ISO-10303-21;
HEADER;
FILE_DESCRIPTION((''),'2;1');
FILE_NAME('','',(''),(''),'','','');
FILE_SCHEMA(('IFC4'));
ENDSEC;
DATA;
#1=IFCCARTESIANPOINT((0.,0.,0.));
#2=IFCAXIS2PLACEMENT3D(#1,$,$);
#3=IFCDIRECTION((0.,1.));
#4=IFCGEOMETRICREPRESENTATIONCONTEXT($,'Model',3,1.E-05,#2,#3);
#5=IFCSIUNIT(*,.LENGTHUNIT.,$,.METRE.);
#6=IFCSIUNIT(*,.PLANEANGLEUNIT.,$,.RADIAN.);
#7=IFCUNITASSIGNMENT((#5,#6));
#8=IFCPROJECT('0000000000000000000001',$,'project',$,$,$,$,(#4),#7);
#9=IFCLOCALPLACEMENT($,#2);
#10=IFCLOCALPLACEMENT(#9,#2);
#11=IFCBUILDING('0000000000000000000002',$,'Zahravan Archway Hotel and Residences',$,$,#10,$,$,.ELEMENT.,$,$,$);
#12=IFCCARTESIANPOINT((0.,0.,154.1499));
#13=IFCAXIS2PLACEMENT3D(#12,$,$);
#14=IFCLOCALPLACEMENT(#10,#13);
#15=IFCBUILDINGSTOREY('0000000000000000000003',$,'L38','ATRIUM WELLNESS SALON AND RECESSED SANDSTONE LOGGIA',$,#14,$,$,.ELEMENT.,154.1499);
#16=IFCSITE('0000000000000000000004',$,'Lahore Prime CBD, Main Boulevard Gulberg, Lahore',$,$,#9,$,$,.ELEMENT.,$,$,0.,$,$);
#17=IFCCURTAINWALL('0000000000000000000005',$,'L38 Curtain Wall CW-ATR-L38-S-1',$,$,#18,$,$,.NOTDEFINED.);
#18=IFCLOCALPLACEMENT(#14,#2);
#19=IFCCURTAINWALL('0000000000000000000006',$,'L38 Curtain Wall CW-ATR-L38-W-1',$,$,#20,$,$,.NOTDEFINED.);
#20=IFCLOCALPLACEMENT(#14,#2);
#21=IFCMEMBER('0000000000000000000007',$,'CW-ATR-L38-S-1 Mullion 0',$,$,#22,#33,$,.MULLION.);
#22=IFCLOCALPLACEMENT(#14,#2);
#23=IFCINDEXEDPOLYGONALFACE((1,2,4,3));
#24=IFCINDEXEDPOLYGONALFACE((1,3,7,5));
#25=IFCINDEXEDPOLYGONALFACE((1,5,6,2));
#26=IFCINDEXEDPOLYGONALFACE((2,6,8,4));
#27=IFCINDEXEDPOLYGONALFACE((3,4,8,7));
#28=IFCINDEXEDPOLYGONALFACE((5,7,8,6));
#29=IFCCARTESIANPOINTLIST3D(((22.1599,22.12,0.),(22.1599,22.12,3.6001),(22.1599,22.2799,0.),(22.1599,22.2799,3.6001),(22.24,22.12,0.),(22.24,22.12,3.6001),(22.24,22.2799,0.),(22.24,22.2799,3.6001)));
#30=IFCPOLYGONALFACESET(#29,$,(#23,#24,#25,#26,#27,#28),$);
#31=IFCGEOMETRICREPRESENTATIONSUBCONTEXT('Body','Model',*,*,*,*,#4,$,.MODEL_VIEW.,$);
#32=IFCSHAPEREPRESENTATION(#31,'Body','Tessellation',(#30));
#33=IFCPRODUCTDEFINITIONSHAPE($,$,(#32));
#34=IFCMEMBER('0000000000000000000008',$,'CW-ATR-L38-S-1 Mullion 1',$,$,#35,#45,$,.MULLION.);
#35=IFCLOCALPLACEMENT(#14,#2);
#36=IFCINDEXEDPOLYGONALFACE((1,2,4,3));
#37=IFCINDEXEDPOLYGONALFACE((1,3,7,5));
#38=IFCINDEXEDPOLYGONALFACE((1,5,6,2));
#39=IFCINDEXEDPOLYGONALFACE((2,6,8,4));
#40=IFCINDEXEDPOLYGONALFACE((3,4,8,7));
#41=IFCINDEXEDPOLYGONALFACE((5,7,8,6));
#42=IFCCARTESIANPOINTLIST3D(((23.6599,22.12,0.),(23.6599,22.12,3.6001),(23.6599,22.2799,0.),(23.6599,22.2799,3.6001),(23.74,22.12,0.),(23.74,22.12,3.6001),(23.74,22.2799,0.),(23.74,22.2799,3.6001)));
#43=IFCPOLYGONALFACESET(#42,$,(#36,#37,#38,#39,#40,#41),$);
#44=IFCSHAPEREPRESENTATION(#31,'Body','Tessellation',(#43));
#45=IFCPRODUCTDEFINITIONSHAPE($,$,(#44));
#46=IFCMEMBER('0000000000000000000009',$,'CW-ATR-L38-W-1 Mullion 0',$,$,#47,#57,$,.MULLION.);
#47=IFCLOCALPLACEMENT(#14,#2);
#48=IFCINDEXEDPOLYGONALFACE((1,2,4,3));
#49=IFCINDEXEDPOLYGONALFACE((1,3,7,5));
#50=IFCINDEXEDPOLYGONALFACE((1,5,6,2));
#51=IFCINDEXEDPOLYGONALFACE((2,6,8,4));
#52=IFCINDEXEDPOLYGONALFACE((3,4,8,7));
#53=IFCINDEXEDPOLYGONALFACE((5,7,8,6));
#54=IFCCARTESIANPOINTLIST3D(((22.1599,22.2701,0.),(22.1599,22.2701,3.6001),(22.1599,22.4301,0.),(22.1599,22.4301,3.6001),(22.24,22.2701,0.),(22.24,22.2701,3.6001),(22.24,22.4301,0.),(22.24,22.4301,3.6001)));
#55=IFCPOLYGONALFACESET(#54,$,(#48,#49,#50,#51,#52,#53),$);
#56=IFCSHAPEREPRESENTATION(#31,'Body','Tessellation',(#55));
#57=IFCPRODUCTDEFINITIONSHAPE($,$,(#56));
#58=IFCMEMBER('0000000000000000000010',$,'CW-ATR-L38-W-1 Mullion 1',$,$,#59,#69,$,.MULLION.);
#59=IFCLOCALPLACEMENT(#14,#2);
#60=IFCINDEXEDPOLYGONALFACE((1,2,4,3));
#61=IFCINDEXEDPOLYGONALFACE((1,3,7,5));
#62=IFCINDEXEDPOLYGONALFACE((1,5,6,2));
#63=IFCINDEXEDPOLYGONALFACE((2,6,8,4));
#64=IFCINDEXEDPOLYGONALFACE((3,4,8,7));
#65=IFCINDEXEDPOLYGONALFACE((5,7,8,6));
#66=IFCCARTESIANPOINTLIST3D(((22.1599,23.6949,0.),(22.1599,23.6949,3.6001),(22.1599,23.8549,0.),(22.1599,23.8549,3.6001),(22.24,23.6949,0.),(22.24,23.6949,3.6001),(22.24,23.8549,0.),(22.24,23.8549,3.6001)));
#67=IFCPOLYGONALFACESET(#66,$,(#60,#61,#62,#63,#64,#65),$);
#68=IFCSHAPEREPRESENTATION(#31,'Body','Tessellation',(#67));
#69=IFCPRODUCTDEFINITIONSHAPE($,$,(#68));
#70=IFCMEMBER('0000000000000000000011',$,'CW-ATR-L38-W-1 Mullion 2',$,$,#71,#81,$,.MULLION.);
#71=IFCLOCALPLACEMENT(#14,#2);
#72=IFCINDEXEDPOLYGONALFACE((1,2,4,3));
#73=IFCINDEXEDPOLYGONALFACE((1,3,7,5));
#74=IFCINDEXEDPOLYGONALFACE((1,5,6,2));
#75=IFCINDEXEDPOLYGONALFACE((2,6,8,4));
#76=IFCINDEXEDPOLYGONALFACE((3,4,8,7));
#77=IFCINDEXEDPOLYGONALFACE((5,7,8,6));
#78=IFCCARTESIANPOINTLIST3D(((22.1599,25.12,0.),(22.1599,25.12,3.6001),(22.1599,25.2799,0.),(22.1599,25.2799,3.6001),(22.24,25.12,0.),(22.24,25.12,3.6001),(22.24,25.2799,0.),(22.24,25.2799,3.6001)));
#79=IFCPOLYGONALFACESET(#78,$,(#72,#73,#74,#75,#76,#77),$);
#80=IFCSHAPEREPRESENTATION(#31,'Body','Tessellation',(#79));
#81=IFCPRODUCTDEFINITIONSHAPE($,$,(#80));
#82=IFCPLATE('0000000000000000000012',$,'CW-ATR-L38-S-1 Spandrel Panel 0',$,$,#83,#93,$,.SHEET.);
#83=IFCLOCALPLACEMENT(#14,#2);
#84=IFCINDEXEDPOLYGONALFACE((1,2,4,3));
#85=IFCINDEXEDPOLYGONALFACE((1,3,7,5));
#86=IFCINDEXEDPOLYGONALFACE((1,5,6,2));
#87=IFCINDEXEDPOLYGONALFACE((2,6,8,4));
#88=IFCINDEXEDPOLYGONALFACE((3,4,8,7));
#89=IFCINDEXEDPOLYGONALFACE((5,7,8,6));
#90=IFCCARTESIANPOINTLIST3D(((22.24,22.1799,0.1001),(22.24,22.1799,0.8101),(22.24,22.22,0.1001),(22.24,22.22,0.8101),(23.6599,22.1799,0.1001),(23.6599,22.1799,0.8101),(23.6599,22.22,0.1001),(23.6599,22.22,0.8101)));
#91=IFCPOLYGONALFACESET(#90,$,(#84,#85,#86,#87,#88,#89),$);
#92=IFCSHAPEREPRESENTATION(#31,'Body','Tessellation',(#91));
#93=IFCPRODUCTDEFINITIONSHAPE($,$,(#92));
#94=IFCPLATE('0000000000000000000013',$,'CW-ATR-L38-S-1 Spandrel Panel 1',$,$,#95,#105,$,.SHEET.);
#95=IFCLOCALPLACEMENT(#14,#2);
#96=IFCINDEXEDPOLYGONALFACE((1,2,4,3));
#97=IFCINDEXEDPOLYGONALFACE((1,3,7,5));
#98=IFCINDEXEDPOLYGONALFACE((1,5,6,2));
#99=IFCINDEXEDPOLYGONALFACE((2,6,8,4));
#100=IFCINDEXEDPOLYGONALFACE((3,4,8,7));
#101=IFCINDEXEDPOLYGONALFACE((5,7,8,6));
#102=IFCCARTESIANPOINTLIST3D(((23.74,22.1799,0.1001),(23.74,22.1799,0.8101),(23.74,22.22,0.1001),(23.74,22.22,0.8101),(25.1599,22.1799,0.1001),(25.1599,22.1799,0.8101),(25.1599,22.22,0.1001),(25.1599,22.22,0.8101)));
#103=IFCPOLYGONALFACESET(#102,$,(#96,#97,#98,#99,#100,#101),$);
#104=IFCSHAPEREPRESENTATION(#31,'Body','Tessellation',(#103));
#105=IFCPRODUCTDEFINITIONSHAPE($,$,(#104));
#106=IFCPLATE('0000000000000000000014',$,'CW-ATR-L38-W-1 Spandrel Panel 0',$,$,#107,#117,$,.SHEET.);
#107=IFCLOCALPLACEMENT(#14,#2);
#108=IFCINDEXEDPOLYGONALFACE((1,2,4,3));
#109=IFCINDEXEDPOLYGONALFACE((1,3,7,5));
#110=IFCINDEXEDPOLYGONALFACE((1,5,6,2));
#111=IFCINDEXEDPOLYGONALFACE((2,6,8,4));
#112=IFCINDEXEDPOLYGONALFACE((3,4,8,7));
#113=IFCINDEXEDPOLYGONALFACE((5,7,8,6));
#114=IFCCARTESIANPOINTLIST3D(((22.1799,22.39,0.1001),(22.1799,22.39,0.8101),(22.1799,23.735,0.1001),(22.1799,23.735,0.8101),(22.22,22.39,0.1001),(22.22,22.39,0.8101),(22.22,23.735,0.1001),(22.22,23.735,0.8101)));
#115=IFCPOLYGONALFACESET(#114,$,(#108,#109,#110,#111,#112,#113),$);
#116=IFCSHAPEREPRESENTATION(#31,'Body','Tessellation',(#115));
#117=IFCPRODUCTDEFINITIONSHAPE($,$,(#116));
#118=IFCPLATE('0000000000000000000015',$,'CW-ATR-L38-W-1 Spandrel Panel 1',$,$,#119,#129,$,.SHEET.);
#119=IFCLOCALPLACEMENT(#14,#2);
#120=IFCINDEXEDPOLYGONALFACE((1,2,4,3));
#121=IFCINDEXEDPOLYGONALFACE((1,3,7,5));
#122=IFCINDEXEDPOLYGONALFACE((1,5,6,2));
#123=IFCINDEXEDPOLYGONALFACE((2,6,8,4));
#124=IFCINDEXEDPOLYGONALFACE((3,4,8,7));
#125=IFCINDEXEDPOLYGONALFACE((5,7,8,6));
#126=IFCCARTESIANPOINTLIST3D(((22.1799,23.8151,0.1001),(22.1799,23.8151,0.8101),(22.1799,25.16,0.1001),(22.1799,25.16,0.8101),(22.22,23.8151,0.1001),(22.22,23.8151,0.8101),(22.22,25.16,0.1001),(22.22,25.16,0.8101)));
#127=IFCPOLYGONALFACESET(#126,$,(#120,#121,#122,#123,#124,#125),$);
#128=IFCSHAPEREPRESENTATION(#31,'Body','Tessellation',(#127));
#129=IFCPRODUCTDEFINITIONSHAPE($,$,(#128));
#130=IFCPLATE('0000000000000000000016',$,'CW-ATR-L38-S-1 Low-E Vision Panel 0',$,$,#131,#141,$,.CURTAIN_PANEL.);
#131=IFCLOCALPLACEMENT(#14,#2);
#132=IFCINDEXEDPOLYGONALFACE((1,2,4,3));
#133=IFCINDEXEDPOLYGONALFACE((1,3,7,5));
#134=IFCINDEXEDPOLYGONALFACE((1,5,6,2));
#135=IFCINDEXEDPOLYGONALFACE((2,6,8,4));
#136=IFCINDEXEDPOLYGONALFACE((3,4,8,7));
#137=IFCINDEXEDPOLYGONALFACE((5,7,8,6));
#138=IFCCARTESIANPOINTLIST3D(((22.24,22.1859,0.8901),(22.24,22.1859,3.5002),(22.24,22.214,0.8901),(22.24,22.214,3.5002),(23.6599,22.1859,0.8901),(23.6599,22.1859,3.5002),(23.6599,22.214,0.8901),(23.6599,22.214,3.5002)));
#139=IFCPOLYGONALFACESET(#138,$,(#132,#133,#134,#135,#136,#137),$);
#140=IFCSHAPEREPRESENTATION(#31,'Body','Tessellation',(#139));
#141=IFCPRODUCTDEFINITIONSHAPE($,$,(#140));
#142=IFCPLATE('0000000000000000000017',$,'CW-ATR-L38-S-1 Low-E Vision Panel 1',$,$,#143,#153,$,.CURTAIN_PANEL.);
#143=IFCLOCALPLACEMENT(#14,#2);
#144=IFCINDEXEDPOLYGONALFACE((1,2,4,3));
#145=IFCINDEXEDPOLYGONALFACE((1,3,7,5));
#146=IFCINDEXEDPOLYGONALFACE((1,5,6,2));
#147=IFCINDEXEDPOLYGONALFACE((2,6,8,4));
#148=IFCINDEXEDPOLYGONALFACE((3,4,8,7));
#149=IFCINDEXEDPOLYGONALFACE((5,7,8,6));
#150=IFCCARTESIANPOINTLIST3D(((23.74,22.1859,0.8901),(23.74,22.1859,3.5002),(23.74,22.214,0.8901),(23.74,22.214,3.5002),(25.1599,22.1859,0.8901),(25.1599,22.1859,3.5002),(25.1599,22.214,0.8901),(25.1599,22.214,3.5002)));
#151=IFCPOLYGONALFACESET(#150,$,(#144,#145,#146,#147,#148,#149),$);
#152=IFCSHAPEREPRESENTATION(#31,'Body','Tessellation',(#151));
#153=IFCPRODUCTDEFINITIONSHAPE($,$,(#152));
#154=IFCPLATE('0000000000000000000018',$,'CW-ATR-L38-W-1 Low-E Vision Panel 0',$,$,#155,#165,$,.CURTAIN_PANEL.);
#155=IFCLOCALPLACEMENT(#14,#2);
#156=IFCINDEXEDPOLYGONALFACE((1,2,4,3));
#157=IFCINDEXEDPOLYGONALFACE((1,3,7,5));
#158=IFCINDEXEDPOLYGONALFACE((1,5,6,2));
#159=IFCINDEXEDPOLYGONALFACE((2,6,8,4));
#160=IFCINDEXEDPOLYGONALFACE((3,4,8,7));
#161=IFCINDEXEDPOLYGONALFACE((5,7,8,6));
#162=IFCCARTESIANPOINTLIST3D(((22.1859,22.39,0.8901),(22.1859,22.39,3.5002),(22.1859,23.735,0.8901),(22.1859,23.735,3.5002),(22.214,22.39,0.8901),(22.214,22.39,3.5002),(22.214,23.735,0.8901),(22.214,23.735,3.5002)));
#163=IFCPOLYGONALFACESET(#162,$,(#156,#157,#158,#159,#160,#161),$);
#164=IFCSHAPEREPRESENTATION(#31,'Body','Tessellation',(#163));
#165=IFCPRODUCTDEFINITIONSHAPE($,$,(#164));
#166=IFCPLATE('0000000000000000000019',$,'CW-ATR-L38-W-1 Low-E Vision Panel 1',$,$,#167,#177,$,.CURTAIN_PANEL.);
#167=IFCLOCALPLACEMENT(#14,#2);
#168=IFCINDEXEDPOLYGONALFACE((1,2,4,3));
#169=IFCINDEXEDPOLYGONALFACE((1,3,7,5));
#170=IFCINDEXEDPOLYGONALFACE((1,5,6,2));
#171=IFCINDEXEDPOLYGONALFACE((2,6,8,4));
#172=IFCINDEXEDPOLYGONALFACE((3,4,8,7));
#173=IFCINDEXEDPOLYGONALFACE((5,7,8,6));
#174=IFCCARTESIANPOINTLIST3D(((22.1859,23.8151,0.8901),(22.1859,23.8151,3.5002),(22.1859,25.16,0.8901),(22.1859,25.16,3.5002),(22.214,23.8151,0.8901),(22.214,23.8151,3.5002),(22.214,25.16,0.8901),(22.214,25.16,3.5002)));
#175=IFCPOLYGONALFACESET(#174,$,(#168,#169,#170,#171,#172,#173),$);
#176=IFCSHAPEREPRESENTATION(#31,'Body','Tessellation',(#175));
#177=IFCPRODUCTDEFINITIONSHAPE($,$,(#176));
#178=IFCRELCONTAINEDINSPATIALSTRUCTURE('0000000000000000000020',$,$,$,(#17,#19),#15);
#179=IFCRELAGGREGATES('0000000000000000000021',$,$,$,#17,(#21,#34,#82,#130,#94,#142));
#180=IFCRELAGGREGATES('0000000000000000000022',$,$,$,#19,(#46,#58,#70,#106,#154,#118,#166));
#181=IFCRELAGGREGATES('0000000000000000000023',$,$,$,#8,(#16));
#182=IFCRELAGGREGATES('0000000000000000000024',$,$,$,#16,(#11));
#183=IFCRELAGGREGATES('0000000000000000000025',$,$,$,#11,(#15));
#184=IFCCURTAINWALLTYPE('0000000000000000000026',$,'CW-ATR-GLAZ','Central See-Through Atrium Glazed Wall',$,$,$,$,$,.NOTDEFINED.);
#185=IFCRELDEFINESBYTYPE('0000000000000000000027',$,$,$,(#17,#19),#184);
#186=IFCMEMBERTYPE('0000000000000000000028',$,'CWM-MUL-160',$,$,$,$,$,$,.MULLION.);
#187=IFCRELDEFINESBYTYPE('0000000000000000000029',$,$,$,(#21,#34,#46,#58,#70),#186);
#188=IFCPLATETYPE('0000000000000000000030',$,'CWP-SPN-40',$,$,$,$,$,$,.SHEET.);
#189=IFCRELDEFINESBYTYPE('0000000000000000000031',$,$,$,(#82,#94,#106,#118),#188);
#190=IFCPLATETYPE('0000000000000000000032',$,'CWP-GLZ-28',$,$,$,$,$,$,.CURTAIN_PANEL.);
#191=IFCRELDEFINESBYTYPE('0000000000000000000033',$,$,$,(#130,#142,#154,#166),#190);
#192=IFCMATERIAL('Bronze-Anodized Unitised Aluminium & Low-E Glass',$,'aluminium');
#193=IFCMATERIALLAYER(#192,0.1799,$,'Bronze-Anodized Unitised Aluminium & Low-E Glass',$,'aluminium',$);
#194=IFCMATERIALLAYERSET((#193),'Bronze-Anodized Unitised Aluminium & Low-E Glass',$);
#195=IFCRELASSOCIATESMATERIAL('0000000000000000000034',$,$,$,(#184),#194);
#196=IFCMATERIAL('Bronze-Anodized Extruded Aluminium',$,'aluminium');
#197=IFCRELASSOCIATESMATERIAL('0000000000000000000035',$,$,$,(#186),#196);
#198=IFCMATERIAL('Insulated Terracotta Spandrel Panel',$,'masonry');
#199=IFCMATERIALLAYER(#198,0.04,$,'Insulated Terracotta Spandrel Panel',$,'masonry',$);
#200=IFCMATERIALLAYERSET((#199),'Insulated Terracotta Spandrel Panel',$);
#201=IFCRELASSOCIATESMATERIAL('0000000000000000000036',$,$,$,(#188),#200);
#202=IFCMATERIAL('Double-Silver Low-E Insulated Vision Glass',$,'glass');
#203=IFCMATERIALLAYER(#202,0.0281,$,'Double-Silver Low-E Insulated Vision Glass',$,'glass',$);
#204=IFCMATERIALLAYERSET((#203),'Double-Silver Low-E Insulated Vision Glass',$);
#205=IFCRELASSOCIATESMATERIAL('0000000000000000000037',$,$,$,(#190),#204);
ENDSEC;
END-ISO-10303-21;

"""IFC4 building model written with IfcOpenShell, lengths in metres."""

from ifc_helpers import new_model, si_unit, direction, frame, origin, origin_2d, place, context, subcontext, project, spatial, rectangle, extrude, source, transform, mapped, material, layer, layer_set, material_profile, profile_set, type_object, element, aggregate, save


model = new_model("IFC4")

# Units and contexts
model_context = context("Model", 3, precision=1e-05, world=origin(), true_north=direction((0.0, 1.0)))
body_context = subcontext(model_context, "Body", "Model", "MODEL_VIEW")
ifc_project = project(units=[si_unit("LENGTHUNIT", "METRE"), si_unit("PLANEANGLEUNIT", "RADIAN")], contexts=[model_context])

# Site, building, storey
site_placement = place(None, origin())
site = spatial("IfcSite", under=ifc_project, at=site_placement, Name="Lahore Prime CBD, Main Boulevard Gulberg, Lahore", CompositionType="ELEMENT", RefElevation=0.0)
building_placement = place(site_placement, origin())
building = spatial("IfcBuilding", under=site, at=building_placement, Name="Zahravan Archway Hotel and Residences", CompositionType="ELEMENT")
storey_placement = place(building_placement, frame((0.0, 0.0, 154.1499)))
storey = spatial("IfcBuildingStorey", under=building, at=storey_placement, Name="L38", Description="ATRIUM WELLNESS SALON AND RECESSED SANDSTONE LOGGIA", CompositionType="ELEMENT", Elevation=154.1499)

# Curtain walls
ifc_material_1 = material(Name="Bronze-Anodized Unitised Aluminium & Low-E Glass", Category="aluminium")
ifc_layer_1 = layer(ifc_material_1, 0.1799, Name="Bronze-Anodized Unitised Aluminium & Low-E Glass", Category="aluminium")
ifc_layer_set_1 = layer_set([ifc_layer_1], Name="Bronze-Anodized Unitised Aluminium & Low-E Glass")
curtain_wall_type = type_object("IfcCurtainWallType", Name="CW-ATR-GLAZ", Description="Central See-Through Atrium Glazed Wall", PredefinedType="NOTDEFINED", material=ifc_layer_set_1)
curtain_wall_1_placement = place(storey_placement, origin())
curtain_wall_1 = element("IfcCurtainWall", 1, at=curtain_wall_1_placement, inside=storey, type_object=curtain_wall_type, Name="L38 Curtain Wall CW-ATR-L38-S-1", PredefinedType="NOTDEFINED")
ifc_material_2 = material(Name="Bronze-Anodized Extruded Aluminium", Category="aluminium")
curtain_wall_2_placement = place(storey_placement, origin())
curtain_wall_2 = element("IfcCurtainWall", 2, at=curtain_wall_2_placement, inside=storey, type_object=curtain_wall_type, Name="L38 Curtain Wall CW-ATR-L38-W-1", PredefinedType="NOTDEFINED")

# Members
ifc_material_profile_1 = material_profile(ifc_material_2, rectangle(XDim=0.0801, YDim=0.1599, at=origin_2d()), Name="MUL 80x160", Category="aluminium")
ifc_profile_set_1 = profile_set([ifc_material_profile_1], Name="Bronze-Anodized Extruded Aluminium")
member_type_1 = type_object("IfcMemberType", Name="CWM-MUL-160", PredefinedType="MULLION", material=ifc_profile_set_1)
shared_shape_1 = source(origin(), body_context, "Body", "SweptSolid", [
    extrude(rectangle(XDim=0.0801, YDim=0.1599, at=origin_2d()), origin(), (0.0, 0.0, 1.0), 3.6001),
])
member_1_placement = place(storey_placement, frame((22.2, 22.2, 0.0), z_axis=(0.0, 0.0, 1.0), x_axis=(1.0, 0.0, 0.0)))
member_1 = element("IfcMember", 3, at=member_1_placement, type_object=member_type_1, Name="CW-ATR-L38-S-1 Mullion 0", PredefinedType="MULLION", context=body_context, shape_type="MappedRepresentation", body=[
    mapped(shared_shape_1, transform((0.0, 0.0, 0.0), scale=1.0)),
])
member_2_placement = place(storey_placement, frame((23.7, 22.2, 0.0), z_axis=(0.0, 0.0, 1.0), x_axis=(1.0, 0.0, 0.0)))
member_2 = element("IfcMember", 4, at=member_2_placement, type_object=member_type_1, Name="CW-ATR-L38-S-1 Mullion 1", PredefinedType="MULLION", context=body_context, shape_type="MappedRepresentation", body=[
    mapped(shared_shape_1, transform((0.0, 0.0, 0.0), scale=1.0)),
])
member_3_placement = place(storey_placement, frame((22.2, 22.3501, 0.0), z_axis=(0.0, 0.0, 1.0), x_axis=(1.0, 0.0, 0.0)))
member_3 = element("IfcMember", 5, at=member_3_placement, type_object=member_type_1, Name="CW-ATR-L38-W-1 Mullion 0", PredefinedType="MULLION", context=body_context, shape_type="MappedRepresentation", body=[
    mapped(shared_shape_1, transform((0.0, 0.0, 0.0), scale=1.0)),
])
member_4_placement = place(storey_placement, frame((22.2, 23.7749, 0.0), z_axis=(0.0, 0.0, 1.0), x_axis=(1.0, 0.0, 0.0)))
member_4 = element("IfcMember", 6, at=member_4_placement, type_object=member_type_1, Name="CW-ATR-L38-W-1 Mullion 1", PredefinedType="MULLION", context=body_context, shape_type="MappedRepresentation", body=[
    mapped(shared_shape_1, transform((0.0, 0.0, 0.0), scale=1.0)),
])
member_5_placement = place(storey_placement, frame((22.2, 25.2, 0.0), z_axis=(0.0, 0.0, 1.0), x_axis=(1.0, 0.0, 0.0)))
member_5 = element("IfcMember", 7, at=member_5_placement, type_object=member_type_1, Name="CW-ATR-L38-W-1 Mullion 2", PredefinedType="MULLION", context=body_context, shape_type="MappedRepresentation", body=[
    mapped(shared_shape_1, transform((0.0, 0.0, 0.0), scale=1.0)),
])

# Plates
ifc_material_3 = material(Name="Insulated Terracotta Spandrel Panel", Category="masonry")
ifc_layer_2 = layer(ifc_material_3, 0.04, Name="Insulated Terracotta Spandrel Panel", Category="masonry")
ifc_layer_set_2 = layer_set([ifc_layer_2], Name="Insulated Terracotta Spandrel Panel")
plate_type_1 = type_object("IfcPlateType", Name="CWP-SPN-40", PredefinedType="SHEET", material=ifc_layer_set_2)
shared_shape_2 = source(origin(), body_context, "Body", "SweptSolid", [
    extrude(rectangle(XDim=1.4199, YDim=0.04, at=origin_2d()), origin(), (0.0, 0.0, 1.0), 0.71),
])
plate_1_placement = place(storey_placement, frame((22.95, 22.2, 0.1001), z_axis=(0.0, 0.0, 1.0), x_axis=(1.0, 0.0, 0.0)))
plate_1 = element("IfcPlate", 8, at=plate_1_placement, type_object=plate_type_1, Name="CW-ATR-L38-S-1 Spandrel Panel 0", PredefinedType="SHEET", context=body_context, shape_type="MappedRepresentation", body=[
    mapped(shared_shape_2, transform((0.0, 0.0, 0.0), scale=1.0)),
])
plate_2_placement = place(storey_placement, frame((24.45, 22.2, 0.1001), z_axis=(0.0, 0.0, 1.0), x_axis=(1.0, 0.0, 0.0)))
plate_2 = element("IfcPlate", 9, at=plate_2_placement, type_object=plate_type_1, Name="CW-ATR-L38-S-1 Spandrel Panel 1", PredefinedType="SHEET", context=body_context, shape_type="MappedRepresentation", body=[
    mapped(shared_shape_2, transform((0.0, 0.0, 0.0), scale=1.0)),
])
shared_shape_3 = source(origin(), body_context, "Body", "SweptSolid", [
    extrude(rectangle(XDim=1.345, YDim=0.04, at=origin_2d()), origin(), (0.0, 0.0, 1.0), 0.71),
])
plate_3_placement = place(storey_placement, frame((22.2, 23.0625, 0.1001), z_axis=(0.0, 0.0, 1.0), x_axis=(0.0, 1.0, 0.0)))
plate_3 = element("IfcPlate", 10, at=plate_3_placement, type_object=plate_type_1, Name="CW-ATR-L38-W-1 Spandrel Panel 0", PredefinedType="SHEET", context=body_context, shape_type="MappedRepresentation", body=[
    mapped(shared_shape_3, transform((0.0, 0.0, 0.0), scale=1.0)),
])
plate_4_placement = place(storey_placement, frame((22.2, 24.4875, 0.1001), z_axis=(0.0, 0.0, 1.0), x_axis=(0.0, 1.0, 0.0)))
plate_4 = element("IfcPlate", 11, at=plate_4_placement, type_object=plate_type_1, Name="CW-ATR-L38-W-1 Spandrel Panel 1", PredefinedType="SHEET", context=body_context, shape_type="MappedRepresentation", body=[
    mapped(shared_shape_3, transform((0.0, 0.0, 0.0), scale=1.0)),
])
ifc_material_4 = material(Name="Double-Silver Low-E Insulated Vision Glass", Category="glass")
ifc_layer_3 = layer(ifc_material_4, 0.0281, Name="Double-Silver Low-E Insulated Vision Glass", Category="glass")
ifc_layer_set_3 = layer_set([ifc_layer_3], Name="Double-Silver Low-E Insulated Vision Glass")
plate_type_2 = type_object("IfcPlateType", Name="CWP-GLZ-28", PredefinedType="CURTAIN_PANEL", material=ifc_layer_set_3)
shared_shape_4 = source(origin(), body_context, "Body", "SweptSolid", [
    extrude(rectangle(XDim=1.4199, YDim=0.0281, at=origin_2d()), origin(), (0.0, 0.0, 1.0), 2.6101),
])
plate_5_placement = place(storey_placement, frame((22.95, 22.2, 0.8901), z_axis=(0.0, 0.0, 1.0), x_axis=(1.0, 0.0, 0.0)))
plate_5 = element("IfcPlate", 12, at=plate_5_placement, type_object=plate_type_2, Name="CW-ATR-L38-S-1 Low-E Vision Panel 0", PredefinedType="CURTAIN_PANEL", context=body_context, shape_type="MappedRepresentation", body=[
    mapped(shared_shape_4, transform((0.0, 0.0, 0.0), scale=1.0)),
])
plate_6_placement = place(storey_placement, frame((24.45, 22.2, 0.8901), z_axis=(0.0, 0.0, 1.0), x_axis=(1.0, 0.0, 0.0)))
plate_6 = element("IfcPlate", 13, at=plate_6_placement, type_object=plate_type_2, Name="CW-ATR-L38-S-1 Low-E Vision Panel 1", PredefinedType="CURTAIN_PANEL", context=body_context, shape_type="MappedRepresentation", body=[
    mapped(shared_shape_4, transform((0.0, 0.0, 0.0), scale=1.0)),
])
aggregate(curtain_wall_1, [member_1, member_2, plate_1, plate_5, plate_2, plate_6])
shared_shape_5 = source(origin(), body_context, "Body", "SweptSolid", [
    extrude(rectangle(XDim=1.345, YDim=0.0281, at=origin_2d()), origin(), (0.0, 0.0, 1.0), 2.6101),
])
plate_7_placement = place(storey_placement, frame((22.2, 23.0625, 0.8901), z_axis=(0.0, 0.0, 1.0), x_axis=(0.0, 1.0, 0.0)))
plate_7 = element("IfcPlate", 14, at=plate_7_placement, type_object=plate_type_2, Name="CW-ATR-L38-W-1 Low-E Vision Panel 0", PredefinedType="CURTAIN_PANEL", context=body_context, shape_type="MappedRepresentation", body=[
    mapped(shared_shape_5, transform((0.0, 0.0, 0.0), scale=1.0)),
])
plate_8_placement = place(storey_placement, frame((22.2, 24.4875, 0.8901), z_axis=(0.0, 0.0, 1.0), x_axis=(0.0, 1.0, 0.0)))
plate_8 = element("IfcPlate", 15, at=plate_8_placement, type_object=plate_type_2, Name="CW-ATR-L38-W-1 Low-E Vision Panel 1", PredefinedType="CURTAIN_PANEL", context=body_context, shape_type="MappedRepresentation", body=[
    mapped(shared_shape_5, transform((0.0, 0.0, 0.0), scale=1.0)),
])
aggregate(curtain_wall_2, [member_3, member_4, member_5, plate_3, plate_7, plate_4, plate_8])

save(model, "model.ifc")
